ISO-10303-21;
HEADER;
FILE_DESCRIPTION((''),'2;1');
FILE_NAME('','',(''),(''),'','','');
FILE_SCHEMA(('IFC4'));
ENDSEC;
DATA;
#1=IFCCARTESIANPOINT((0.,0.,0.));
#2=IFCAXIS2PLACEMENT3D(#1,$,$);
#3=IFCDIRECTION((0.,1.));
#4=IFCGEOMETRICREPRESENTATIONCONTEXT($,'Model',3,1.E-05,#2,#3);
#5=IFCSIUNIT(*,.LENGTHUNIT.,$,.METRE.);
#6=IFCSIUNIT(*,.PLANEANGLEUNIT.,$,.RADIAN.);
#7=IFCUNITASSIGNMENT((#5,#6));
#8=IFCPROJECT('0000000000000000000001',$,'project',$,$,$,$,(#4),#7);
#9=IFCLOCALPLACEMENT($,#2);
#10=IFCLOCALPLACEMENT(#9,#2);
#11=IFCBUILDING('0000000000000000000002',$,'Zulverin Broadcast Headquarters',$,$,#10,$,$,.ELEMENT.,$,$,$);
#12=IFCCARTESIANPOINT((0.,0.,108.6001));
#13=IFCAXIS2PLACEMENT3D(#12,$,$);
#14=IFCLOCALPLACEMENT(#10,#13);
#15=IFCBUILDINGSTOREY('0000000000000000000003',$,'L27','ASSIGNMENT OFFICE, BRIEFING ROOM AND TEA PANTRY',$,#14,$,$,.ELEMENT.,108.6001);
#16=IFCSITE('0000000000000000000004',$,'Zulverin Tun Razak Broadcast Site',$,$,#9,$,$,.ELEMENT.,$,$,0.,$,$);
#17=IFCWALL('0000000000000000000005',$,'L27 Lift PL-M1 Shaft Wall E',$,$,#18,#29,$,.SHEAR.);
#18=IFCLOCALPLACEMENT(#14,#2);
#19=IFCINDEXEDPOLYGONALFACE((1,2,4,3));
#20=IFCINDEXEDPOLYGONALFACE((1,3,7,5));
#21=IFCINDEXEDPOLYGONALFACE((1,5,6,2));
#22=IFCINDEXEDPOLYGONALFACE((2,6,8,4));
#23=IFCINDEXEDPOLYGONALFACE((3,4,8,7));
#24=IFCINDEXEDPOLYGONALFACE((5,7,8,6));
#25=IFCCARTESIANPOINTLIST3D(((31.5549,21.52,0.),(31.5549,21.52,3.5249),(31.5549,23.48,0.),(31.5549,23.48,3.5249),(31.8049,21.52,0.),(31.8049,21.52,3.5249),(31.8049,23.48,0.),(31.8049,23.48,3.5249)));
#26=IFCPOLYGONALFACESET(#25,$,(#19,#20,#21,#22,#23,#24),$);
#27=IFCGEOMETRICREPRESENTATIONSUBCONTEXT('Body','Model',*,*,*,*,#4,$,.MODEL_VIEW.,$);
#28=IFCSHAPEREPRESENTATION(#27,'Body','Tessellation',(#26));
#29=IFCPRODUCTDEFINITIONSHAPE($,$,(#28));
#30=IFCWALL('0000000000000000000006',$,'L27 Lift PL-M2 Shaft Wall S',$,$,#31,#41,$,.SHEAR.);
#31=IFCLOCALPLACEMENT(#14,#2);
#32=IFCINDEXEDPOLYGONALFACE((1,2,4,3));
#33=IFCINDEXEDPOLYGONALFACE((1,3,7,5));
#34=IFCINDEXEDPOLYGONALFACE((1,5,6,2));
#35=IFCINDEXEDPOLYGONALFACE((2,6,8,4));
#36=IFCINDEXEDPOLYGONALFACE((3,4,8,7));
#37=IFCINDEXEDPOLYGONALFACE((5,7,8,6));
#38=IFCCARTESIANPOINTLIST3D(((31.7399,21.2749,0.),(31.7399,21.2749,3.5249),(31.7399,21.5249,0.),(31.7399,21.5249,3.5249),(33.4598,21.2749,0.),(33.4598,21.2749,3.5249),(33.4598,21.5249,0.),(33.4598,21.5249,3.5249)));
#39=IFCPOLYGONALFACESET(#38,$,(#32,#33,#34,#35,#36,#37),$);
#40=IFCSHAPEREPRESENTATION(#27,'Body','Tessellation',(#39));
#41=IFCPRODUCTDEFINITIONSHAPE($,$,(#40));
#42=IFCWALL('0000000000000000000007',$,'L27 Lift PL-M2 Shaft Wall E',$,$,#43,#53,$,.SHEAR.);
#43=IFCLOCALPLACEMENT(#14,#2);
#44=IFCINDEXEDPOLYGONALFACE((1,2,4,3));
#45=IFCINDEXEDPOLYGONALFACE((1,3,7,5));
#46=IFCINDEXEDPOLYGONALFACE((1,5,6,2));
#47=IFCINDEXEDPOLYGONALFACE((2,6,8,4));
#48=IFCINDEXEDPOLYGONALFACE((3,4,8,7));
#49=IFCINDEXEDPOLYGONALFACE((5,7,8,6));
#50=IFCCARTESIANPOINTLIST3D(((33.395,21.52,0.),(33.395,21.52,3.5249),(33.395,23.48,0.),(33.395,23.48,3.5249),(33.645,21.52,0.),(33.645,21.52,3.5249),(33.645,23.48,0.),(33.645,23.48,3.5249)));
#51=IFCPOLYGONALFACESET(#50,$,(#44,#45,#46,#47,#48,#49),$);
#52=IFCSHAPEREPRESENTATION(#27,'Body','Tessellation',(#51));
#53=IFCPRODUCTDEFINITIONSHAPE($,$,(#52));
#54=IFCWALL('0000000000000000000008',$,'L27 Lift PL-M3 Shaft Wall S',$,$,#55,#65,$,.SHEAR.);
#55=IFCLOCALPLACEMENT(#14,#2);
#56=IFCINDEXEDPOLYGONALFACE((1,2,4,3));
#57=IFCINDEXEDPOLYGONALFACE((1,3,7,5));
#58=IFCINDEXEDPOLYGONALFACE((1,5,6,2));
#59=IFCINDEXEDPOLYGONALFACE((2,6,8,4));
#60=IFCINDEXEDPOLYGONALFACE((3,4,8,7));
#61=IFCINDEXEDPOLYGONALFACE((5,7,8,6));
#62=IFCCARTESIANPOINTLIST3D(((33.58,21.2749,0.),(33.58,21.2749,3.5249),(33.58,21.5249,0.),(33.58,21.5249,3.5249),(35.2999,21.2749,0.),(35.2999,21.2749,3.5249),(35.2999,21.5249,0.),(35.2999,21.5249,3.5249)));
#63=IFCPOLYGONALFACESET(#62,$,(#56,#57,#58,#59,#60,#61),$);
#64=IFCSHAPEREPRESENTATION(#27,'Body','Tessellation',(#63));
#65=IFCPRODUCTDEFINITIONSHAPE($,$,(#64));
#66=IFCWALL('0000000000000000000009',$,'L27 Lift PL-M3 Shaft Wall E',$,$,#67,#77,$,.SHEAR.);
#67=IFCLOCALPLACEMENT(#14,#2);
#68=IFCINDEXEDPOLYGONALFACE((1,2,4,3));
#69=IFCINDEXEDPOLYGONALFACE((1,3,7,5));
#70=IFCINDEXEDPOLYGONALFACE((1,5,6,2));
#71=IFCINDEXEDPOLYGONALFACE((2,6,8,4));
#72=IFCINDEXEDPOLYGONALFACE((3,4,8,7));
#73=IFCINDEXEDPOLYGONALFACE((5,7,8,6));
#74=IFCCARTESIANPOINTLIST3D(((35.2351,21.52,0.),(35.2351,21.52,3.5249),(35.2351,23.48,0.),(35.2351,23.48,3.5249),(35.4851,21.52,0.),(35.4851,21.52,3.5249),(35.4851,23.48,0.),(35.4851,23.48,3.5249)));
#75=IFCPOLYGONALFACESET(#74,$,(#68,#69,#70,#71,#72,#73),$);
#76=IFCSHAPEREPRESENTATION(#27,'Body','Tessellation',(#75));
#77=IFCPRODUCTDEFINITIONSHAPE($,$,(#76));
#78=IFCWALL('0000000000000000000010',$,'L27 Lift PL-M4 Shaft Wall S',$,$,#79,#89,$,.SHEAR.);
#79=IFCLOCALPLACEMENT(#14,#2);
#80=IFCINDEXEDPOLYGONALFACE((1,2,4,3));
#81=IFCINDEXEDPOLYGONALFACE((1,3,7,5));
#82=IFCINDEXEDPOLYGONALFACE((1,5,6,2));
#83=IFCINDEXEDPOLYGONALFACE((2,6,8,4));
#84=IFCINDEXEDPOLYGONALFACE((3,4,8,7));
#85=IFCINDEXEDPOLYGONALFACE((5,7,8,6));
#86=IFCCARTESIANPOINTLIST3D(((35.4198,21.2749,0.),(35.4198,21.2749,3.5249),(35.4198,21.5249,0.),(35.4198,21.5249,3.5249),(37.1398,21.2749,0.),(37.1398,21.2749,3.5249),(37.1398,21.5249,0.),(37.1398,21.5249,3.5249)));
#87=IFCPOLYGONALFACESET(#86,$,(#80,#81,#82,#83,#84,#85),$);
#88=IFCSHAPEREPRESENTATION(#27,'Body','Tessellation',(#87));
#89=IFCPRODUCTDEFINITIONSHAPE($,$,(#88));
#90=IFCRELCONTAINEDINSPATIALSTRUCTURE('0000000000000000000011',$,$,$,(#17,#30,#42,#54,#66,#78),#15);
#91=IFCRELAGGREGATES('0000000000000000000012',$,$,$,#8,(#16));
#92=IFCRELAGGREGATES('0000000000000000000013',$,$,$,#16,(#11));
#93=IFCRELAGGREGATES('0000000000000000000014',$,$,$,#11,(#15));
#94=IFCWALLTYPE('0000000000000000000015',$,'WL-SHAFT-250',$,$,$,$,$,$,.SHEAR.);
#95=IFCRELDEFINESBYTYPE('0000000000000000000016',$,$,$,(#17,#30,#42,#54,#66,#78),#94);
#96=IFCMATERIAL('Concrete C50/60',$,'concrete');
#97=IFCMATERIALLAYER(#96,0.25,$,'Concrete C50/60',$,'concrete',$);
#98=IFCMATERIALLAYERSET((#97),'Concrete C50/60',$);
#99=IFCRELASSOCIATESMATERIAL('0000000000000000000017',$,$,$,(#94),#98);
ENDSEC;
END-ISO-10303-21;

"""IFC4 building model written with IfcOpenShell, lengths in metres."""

from ifc_helpers import new_model, si_unit, direction, frame, frame_2d, origin, place, context, subcontext, project, spatial, rectangle, extrude, material, layer, layer_set, type_object, element, save


model = new_model("IFC4")

# Units and contexts
model_context = context("Model", 3, precision=1e-05, world=origin(), true_north=direction((0.0, 1.0)))
body_context = subcontext(model_context, "Body", "Model", "MODEL_VIEW")
ifc_project = project(units=[si_unit("LENGTHUNIT", "METRE"), si_unit("PLANEANGLEUNIT", "RADIAN")], contexts=[model_context])

# Site, building, storey
site_placement = place(None, origin())
site = spatial("IfcSite", under=ifc_project, at=site_placement, Name="Zulverin Tun Razak Broadcast Site", CompositionType="ELEMENT", RefElevation=0.0)
building_placement = place(site_placement, origin())
building = spatial("IfcBuilding", under=site, at=building_placement, Name="Zulverin Broadcast Headquarters", CompositionType="ELEMENT")
storey_placement = place(building_placement, frame((0.0, 0.0, 108.6001)))
storey = spatial("IfcBuildingStorey", under=building, at=storey_placement, Name="L27", Description="ASSIGNMENT OFFICE, BRIEFING ROOM AND TEA PANTRY", CompositionType="ELEMENT", Elevation=108.6001)

# Walls
ifc_material_1 = material(Name="Concrete C50/60", Category="concrete")
ifc_layer_1 = layer(ifc_material_1, 0.25, Name="Concrete C50/60", Category="concrete")
ifc_layer_set_1 = layer_set([ifc_layer_1], Name="Concrete C50/60")
wall_type_1 = type_object("IfcWallType", Name="WL-SHAFT-250", PredefinedType="SHEAR", material=ifc_layer_set_1)
wall_1_placement = place(storey_placement, frame((31.6799, 21.52, 0.0), z_axis=(0.0, 0.0, 1.0), x_axis=(0.0, 1.0, 0.0)))
element("IfcWall", 1, at=wall_1_placement, inside=storey, type_object=wall_type_1, Name="L27 Lift PL-M1 Shaft Wall E", PredefinedType="SHEAR", context=body_context, shape_type="SweptSolid", body=[
    extrude(rectangle(XDim=1.96, YDim=0.25, at=frame_2d((0.98, 0.0))), origin(), (0.0, 0.0, 1.0), 3.5249),
])
wall_2_placement = place(storey_placement, frame((31.74, 21.3999, 0.0), z_axis=(0.0, 0.0, 1.0), x_axis=(1.0, 0.0, 0.0)))
element("IfcWall", 2, at=wall_2_placement, inside=storey, type_object=wall_type_1, Name="L27 Lift PL-M2 Shaft Wall S", PredefinedType="SHEAR", context=body_context, shape_type="SweptSolid", body=[
    extrude(rectangle(XDim=1.72, YDim=0.25, at=frame_2d((0.8599, 0.0))), origin(), (0.0, 0.0, 1.0), 3.5249),
])
wall_3_placement = place(storey_placement, frame((33.52, 21.52, 0.0), z_axis=(0.0, 0.0, 1.0), x_axis=(0.0, 1.0, 0.0)))
element("IfcWall", 3, at=wall_3_placement, inside=storey, type_object=wall_type_1, Name="L27 Lift PL-M2 Shaft Wall E", PredefinedType="SHEAR", context=body_context, shape_type="SweptSolid", body=[
    extrude(rectangle(XDim=1.96, YDim=0.25, at=frame_2d((0.98, 0.0))), origin(), (0.0, 0.0, 1.0), 3.5249),
])
wall_4_placement = place(storey_placement, frame((33.5801, 21.3999, 0.0), z_axis=(0.0, 0.0, 1.0), x_axis=(1.0, 0.0, 0.0)))
element("IfcWall", 4, at=wall_4_placement, inside=storey, type_object=wall_type_1, Name="L27 Lift PL-M3 Shaft Wall S", PredefinedType="SHEAR", context=body_context, shape_type="SweptSolid", body=[
    extrude(rectangle(XDim=1.72, YDim=0.25, at=frame_2d((0.8599, 0.0))), origin(), (0.0, 0.0, 1.0), 3.5249),
])
wall_5_placement = place(storey_placement, frame((35.3601, 21.52, 0.0), z_axis=(0.0, 0.0, 1.0), x_axis=(0.0, 1.0, 0.0)))
element("IfcWall", 5, at=wall_5_placement, inside=storey, type_object=wall_type_1, Name="L27 Lift PL-M3 Shaft Wall E", PredefinedType="SHEAR", context=body_context, shape_type="SweptSolid", body=[
    extrude(rectangle(XDim=1.96, YDim=0.25, at=frame_2d((0.98, 0.0))), origin(), (0.0, 0.0, 1.0), 3.5249),
])
wall_6_placement = place(storey_placement, frame((35.4199, 21.3999, 0.0), z_axis=(0.0, 0.0, 1.0), x_axis=(1.0, 0.0, 0.0)))
element("IfcWall", 6, at=wall_6_placement, inside=storey, type_object=wall_type_1, Name="L27 Lift PL-M4 Shaft Wall S", PredefinedType="SHEAR", context=body_context, shape_type="SweptSolid", body=[
    extrude(rectangle(XDim=1.72, YDim=0.25, at=frame_2d((0.8599, 0.0))), origin(), (0.0, 0.0, 1.0), 3.5249),
])

save(model, "model.ifc")
